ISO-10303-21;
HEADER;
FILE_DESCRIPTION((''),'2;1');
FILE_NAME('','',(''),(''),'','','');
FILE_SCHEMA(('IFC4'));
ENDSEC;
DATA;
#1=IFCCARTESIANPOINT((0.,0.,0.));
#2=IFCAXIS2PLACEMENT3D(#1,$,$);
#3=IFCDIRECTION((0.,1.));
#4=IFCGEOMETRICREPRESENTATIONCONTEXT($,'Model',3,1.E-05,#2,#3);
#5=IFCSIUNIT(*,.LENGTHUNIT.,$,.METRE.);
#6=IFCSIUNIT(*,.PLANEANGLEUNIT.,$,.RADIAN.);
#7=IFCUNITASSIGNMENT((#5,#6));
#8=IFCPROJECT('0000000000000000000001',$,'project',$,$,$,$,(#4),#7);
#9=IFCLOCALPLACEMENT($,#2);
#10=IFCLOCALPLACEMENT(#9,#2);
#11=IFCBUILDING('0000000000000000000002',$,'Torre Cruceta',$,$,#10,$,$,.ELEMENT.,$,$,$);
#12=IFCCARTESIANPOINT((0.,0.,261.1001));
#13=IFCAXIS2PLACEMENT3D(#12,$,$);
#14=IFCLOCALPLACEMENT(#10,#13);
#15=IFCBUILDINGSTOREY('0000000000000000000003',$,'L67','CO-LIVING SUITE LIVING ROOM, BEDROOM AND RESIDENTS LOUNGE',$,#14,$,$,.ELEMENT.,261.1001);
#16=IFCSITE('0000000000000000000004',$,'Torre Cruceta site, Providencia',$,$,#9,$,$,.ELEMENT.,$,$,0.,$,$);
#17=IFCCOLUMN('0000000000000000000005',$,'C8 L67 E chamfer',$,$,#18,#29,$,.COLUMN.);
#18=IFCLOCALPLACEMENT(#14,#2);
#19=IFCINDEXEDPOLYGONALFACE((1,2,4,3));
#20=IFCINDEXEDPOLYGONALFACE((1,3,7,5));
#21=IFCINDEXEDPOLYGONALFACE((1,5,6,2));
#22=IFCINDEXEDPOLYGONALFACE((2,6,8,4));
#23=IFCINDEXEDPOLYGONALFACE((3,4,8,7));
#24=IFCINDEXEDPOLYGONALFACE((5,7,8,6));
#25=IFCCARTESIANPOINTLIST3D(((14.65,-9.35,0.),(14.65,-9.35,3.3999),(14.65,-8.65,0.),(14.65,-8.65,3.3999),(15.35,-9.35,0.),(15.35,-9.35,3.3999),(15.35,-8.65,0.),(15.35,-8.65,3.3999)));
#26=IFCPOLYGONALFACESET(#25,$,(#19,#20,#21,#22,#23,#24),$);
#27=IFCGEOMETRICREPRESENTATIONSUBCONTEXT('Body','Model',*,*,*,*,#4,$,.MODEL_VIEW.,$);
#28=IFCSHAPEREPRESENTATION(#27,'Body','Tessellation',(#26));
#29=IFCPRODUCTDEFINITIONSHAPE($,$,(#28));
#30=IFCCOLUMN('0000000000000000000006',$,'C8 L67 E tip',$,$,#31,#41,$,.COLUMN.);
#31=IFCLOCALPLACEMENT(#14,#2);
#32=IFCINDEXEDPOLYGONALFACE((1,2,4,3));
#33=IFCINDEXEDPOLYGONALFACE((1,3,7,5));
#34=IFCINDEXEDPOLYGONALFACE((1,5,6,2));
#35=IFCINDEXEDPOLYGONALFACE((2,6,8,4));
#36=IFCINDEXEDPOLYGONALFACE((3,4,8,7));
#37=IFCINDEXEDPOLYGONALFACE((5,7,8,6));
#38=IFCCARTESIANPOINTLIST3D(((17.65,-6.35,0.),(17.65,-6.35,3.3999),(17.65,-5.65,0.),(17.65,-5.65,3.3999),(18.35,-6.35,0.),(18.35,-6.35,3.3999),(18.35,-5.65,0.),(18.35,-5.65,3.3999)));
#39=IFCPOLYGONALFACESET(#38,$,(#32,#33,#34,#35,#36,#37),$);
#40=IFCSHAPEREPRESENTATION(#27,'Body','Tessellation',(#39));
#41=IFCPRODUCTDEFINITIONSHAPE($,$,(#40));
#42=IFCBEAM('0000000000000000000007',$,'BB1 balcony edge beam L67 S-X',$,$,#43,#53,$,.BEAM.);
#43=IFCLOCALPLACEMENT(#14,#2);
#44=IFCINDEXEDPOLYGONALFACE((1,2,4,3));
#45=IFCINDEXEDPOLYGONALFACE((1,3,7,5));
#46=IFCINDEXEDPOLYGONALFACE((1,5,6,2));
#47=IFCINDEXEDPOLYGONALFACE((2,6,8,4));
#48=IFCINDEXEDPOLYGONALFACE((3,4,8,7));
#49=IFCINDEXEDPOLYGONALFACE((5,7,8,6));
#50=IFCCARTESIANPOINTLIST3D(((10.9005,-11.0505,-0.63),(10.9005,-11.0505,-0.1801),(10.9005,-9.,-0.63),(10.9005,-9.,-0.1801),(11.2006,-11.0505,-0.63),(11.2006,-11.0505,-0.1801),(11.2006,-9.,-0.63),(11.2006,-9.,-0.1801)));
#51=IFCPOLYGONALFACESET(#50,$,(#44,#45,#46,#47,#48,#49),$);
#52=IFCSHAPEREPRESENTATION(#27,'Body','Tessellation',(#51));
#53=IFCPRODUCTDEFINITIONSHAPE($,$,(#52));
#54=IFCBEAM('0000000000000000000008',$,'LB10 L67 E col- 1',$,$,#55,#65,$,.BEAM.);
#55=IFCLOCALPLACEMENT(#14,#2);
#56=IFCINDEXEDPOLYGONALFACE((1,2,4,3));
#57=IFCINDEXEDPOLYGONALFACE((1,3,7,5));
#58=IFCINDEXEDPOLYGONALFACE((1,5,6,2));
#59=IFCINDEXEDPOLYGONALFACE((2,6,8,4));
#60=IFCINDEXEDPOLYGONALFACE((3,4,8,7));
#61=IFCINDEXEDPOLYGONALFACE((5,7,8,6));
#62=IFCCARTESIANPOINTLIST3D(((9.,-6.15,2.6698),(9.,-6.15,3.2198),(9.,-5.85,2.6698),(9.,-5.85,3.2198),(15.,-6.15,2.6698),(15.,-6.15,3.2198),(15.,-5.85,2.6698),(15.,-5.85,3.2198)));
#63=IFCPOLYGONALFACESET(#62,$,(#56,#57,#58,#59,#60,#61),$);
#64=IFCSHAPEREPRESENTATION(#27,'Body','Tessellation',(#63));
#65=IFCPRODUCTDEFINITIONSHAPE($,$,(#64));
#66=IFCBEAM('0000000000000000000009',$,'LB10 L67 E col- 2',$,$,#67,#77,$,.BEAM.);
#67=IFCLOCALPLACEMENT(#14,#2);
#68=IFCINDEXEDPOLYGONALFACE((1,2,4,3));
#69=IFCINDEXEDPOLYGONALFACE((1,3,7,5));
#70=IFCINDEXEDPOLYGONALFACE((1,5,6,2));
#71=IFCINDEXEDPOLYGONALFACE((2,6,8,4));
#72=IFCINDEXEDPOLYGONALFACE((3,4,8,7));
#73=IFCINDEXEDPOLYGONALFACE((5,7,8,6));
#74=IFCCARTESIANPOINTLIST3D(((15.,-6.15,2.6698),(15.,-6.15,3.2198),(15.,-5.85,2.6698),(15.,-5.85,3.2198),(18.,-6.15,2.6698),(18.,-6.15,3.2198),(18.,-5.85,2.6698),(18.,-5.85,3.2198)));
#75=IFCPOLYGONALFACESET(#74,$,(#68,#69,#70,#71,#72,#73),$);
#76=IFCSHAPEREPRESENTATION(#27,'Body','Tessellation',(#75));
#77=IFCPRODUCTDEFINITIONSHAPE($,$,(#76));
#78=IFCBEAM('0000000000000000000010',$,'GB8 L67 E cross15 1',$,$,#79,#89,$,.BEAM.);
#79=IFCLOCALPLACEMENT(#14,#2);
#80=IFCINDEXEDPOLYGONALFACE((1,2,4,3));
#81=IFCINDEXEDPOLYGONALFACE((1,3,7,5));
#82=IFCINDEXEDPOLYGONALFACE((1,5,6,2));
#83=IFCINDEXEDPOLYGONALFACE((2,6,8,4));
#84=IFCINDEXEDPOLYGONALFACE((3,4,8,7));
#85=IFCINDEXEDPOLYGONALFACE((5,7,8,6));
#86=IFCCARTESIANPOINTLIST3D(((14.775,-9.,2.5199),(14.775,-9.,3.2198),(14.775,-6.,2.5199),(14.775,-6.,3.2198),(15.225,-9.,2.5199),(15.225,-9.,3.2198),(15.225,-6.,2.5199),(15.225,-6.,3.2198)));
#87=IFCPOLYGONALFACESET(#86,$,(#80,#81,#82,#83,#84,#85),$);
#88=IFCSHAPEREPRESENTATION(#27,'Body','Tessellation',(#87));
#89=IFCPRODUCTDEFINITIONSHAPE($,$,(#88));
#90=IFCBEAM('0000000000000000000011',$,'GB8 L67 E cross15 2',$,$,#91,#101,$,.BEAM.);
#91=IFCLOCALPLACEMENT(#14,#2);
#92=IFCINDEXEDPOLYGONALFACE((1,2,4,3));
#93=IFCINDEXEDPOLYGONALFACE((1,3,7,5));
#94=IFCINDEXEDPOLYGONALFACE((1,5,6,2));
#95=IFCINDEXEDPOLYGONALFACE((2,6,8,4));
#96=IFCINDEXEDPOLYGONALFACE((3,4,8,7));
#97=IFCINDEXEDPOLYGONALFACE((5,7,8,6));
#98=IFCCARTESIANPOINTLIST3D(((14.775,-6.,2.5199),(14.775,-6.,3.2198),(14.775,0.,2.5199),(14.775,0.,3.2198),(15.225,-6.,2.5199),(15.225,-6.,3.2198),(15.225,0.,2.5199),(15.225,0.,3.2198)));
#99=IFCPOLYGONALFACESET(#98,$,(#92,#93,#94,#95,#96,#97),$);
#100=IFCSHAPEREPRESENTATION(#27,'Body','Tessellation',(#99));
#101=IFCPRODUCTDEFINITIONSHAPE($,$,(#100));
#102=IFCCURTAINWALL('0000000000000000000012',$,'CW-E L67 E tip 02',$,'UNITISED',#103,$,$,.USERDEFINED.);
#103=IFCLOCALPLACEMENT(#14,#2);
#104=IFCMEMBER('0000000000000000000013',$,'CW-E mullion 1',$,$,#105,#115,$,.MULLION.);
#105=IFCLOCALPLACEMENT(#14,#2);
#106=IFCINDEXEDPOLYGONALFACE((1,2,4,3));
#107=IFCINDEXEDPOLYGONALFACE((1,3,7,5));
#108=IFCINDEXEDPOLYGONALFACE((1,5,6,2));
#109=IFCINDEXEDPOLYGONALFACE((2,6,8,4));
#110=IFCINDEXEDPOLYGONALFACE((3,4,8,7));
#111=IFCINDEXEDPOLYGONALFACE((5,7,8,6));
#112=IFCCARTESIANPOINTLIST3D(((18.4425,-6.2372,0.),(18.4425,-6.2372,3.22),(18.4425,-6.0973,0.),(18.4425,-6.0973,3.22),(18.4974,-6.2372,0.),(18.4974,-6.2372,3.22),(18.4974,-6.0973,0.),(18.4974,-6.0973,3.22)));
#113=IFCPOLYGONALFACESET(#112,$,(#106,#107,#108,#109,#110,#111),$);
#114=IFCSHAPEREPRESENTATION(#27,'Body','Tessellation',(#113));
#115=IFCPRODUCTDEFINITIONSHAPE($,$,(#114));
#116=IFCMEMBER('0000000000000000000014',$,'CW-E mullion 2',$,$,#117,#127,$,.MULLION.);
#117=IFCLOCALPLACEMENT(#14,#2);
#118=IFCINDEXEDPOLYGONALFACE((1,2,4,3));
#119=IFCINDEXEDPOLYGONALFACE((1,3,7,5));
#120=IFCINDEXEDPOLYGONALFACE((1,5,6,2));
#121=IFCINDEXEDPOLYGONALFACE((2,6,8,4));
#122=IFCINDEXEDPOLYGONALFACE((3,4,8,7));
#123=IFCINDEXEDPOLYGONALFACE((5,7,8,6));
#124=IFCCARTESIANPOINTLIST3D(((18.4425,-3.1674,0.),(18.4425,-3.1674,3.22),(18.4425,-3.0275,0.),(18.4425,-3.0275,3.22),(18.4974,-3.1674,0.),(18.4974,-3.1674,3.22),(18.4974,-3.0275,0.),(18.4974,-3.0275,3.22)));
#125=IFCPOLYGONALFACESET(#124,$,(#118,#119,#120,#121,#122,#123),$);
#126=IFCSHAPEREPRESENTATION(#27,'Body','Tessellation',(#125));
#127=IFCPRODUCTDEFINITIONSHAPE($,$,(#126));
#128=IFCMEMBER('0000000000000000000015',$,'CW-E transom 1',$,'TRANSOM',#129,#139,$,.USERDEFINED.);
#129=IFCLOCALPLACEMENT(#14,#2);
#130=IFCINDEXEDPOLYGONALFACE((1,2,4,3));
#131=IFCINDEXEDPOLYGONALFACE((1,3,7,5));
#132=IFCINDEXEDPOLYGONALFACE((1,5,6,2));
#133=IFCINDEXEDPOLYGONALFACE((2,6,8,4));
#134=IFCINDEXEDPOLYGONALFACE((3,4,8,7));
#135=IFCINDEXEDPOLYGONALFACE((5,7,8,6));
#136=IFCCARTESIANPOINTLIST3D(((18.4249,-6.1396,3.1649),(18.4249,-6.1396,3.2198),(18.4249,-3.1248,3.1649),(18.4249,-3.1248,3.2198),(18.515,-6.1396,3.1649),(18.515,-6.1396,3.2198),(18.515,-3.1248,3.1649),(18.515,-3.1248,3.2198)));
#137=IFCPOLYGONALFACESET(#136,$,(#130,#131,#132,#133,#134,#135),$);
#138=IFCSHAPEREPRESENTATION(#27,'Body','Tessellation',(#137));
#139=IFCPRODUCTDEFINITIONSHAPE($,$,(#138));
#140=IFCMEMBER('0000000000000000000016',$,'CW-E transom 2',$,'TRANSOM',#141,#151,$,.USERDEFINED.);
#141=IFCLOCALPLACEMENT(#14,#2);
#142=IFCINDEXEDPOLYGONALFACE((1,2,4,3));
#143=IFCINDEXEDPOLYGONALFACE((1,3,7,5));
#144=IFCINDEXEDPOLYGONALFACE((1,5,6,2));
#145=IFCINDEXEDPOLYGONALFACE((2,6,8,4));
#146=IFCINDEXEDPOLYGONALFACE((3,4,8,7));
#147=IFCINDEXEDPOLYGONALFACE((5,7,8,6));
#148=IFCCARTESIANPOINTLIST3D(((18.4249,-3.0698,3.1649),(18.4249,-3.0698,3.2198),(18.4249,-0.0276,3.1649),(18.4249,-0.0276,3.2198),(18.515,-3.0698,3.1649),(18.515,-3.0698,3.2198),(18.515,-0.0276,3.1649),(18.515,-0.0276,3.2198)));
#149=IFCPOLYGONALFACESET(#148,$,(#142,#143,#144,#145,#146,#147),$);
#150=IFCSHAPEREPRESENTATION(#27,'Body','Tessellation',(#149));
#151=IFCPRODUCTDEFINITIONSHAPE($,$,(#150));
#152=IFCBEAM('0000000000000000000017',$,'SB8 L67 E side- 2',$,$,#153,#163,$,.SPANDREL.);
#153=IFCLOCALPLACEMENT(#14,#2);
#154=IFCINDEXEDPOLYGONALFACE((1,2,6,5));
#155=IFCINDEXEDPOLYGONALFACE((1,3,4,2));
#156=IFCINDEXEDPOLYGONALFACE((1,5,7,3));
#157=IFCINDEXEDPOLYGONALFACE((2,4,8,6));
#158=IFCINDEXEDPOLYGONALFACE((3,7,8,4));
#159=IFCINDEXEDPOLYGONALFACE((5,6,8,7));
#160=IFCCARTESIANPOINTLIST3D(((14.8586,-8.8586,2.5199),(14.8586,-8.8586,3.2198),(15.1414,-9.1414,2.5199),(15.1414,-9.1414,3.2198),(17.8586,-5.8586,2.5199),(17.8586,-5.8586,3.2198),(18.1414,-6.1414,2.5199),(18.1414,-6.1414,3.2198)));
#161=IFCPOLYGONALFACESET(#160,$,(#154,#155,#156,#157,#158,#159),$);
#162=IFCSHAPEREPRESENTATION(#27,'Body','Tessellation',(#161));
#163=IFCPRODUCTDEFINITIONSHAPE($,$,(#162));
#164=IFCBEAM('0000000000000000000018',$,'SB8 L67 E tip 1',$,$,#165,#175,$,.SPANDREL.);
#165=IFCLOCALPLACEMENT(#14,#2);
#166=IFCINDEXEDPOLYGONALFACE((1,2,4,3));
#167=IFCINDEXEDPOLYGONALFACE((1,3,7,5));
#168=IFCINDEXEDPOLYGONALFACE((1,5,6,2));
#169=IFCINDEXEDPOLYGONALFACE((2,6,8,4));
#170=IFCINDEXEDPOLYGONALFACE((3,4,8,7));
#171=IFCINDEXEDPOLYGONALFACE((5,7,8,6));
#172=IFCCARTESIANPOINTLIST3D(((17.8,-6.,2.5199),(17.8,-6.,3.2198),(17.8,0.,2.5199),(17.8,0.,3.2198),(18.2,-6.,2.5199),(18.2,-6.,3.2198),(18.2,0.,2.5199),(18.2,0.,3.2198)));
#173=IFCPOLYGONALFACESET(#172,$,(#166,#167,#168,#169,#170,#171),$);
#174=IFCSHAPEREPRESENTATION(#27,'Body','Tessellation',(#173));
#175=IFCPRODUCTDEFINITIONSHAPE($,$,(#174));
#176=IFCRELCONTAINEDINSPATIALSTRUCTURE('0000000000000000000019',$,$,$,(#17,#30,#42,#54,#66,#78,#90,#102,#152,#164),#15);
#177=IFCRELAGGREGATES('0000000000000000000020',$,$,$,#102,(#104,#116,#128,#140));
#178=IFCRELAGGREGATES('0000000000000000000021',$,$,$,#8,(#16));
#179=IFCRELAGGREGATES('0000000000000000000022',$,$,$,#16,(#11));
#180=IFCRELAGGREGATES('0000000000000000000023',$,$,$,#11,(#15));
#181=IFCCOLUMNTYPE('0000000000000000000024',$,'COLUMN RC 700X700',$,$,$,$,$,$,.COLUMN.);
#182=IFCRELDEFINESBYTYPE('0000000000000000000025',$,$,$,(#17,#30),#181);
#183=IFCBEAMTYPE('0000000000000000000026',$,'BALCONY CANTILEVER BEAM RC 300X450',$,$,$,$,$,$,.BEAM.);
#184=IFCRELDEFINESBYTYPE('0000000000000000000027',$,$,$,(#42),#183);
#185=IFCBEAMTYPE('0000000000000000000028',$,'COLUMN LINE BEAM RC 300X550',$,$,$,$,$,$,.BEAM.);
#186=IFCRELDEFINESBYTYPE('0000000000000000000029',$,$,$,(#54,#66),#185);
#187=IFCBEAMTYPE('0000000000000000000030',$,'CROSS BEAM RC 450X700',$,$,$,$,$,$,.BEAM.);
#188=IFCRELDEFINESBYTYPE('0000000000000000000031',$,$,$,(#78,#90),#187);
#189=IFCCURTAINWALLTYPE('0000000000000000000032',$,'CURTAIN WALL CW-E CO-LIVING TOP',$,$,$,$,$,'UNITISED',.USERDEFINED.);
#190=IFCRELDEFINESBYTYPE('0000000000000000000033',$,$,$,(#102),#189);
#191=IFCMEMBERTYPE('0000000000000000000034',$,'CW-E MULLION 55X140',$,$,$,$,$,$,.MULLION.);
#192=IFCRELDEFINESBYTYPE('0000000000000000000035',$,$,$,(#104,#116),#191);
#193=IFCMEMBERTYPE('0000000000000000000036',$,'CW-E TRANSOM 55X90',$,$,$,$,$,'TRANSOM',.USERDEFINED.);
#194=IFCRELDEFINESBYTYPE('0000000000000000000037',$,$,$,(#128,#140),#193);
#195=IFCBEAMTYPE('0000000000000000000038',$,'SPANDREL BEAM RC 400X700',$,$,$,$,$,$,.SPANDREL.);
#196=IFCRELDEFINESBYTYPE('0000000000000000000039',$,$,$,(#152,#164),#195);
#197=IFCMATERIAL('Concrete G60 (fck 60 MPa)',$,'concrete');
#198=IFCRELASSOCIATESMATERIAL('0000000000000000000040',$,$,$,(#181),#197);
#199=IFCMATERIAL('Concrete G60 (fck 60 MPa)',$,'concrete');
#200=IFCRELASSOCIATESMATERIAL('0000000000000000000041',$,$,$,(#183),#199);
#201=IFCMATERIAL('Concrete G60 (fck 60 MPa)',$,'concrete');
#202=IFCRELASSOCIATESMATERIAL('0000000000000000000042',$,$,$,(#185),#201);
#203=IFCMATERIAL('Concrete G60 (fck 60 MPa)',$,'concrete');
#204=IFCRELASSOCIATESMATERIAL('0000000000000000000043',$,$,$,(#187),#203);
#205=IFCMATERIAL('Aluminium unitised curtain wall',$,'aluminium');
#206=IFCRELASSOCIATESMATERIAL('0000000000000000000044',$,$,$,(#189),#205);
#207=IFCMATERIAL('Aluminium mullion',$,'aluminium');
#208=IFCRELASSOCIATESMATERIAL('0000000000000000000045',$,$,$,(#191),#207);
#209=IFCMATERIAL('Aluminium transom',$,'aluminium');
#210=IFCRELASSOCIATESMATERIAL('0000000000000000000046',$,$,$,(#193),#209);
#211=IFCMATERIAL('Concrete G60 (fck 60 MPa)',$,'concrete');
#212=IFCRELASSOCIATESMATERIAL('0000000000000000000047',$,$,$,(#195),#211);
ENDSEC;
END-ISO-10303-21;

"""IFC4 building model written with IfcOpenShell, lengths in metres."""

from ifc_helpers import new_model, si_unit, direction, frame, origin, origin_2d, place, context, subcontext, project, spatial, rectangle, extrude, material, material_profile, profile_set, type_object, element, aggregate, save


model = new_model("IFC4")

# Units and contexts
model_context = context("Model", 3, precision=1e-05, world=origin(), true_north=direction((0.0, 1.0)))
body_context = subcontext(model_context, "Body", "Model", "MODEL_VIEW")
ifc_project = project(units=[si_unit("LENGTHUNIT", "METRE"), si_unit("PLANEANGLEUNIT", "RADIAN")], contexts=[model_context])

# Site, building, storey
site_placement = place(None, origin())
site = spatial("IfcSite", under=ifc_project, at=site_placement, Name="Torre Cruceta site, Providencia", CompositionType="ELEMENT", RefElevation=0.0)
building_placement = place(site_placement, origin())
building = spatial("IfcBuilding", under=site, at=building_placement, Name="Torre Cruceta", CompositionType="ELEMENT")
storey_placement = place(building_placement, frame((0.0, 0.0, 261.1001)))
storey = spatial("IfcBuildingStorey", under=building, at=storey_placement, Name="L67", Description="CO-LIVING SUITE LIVING ROOM, BEDROOM AND RESIDENTS LOUNGE", CompositionType="ELEMENT", Elevation=261.1001)

# Columns
ifc_material_1 = material(Name="Concrete G60 (fck 60 MPa)", Category="concrete")
ifc_material_profile_1 = material_profile(ifc_material_1, rectangle(XDim=0.7, YDim=0.7, at=origin_2d()), Name="RC 700X700")
ifc_profile_set_1 = profile_set([ifc_material_profile_1], Name="Concrete G60 (fck 60 MPa)")
column_type = type_object("IfcColumnType", Name="COLUMN RC 700X700", PredefinedType="COLUMN", material=ifc_profile_set_1)
for number, where, z_axis, x_axis, name in (
    (1, (15.0, -9.0, 0.0), (0.0, 0.0, 1.0), (1.0, 0.0, 0.0), "C8 L67 E chamfer"),
    (2, (18.0, -6.0, 0.0), (0.0, 0.0, 1.0), (1.0, 0.0, 0.0), "C8 L67 E tip"),
):
    element("IfcColumn", number, at=place(storey_placement, frame(where, z_axis=z_axis, x_axis=x_axis)), inside=storey, type_object=column_type, Name=name, PredefinedType="COLUMN", context=body_context, shape_type="SweptSolid", body=[
        extrude(rectangle(XDim=0.7, YDim=0.7, at=origin_2d()), origin(), (0.0, 0.0, 1.0), 3.3999),
    ])

# Beams
ifc_material_2 = material(Name="Concrete G60 (fck 60 MPa)", Category="concrete")
ifc_material_profile_2 = material_profile(ifc_material_2, rectangle(XDim=0.3, YDim=0.45, at=origin_2d()), Name="RC 300X450")
ifc_profile_set_2 = profile_set([ifc_material_profile_2], Name="Concrete G60 (fck 60 MPa)")
beam_type_1 = type_object("IfcBeamType", Name="BALCONY CANTILEVER BEAM RC 300X450", PredefinedType="BEAM", material=ifc_profile_set_2)
beam_1_placement = place(storey_placement, frame((11.0505, -9.0, -0.405), z_axis=(0.0, -1.0, 0.0), x_axis=(1.0, 0.0, 0.0)))
element("IfcBeam", 3, at=beam_1_placement, inside=storey, type_object=beam_type_1, Name="BB1 balcony edge beam L67 S-X", PredefinedType="BEAM", context=body_context, shape_type="SweptSolid", body=[
    extrude(rectangle(XDim=0.3, YDim=0.45, at=origin_2d()), origin(), (0.0, 0.0, 1.0), 2.0505),
])
ifc_material_3 = material(Name="Concrete G60 (fck 60 MPa)", Category="concrete")
ifc_material_profile_3 = material_profile(ifc_material_3, rectangle(XDim=0.3, YDim=0.55, at=origin_2d()), Name="RC 300X550")
ifc_profile_set_3 = profile_set([ifc_material_profile_3], Name="Concrete G60 (fck 60 MPa)")
beam_type_2 = type_object("IfcBeamType", Name="COLUMN LINE BEAM RC 300X550", PredefinedType="BEAM", material=ifc_profile_set_3)
beam_2_placement = place(storey_placement, frame((9.0, -6.0, 2.9448), z_axis=(1.0, 0.0, 0.0), x_axis=(0.0, 1.0, 0.0)))
element("IfcBeam", 4, at=beam_2_placement, inside=storey, type_object=beam_type_2, Name="LB10 L67 E col- 1", PredefinedType="BEAM", context=body_context, shape_type="SweptSolid", body=[
    extrude(rectangle(XDim=0.3, YDim=0.55, at=origin_2d()), origin(), (0.0, 0.0, 1.0), 6.0),
])
beam_3_placement = place(storey_placement, frame((15.0, -6.0, 2.9448), z_axis=(1.0, 0.0, 0.0), x_axis=(0.0, 1.0, 0.0)))
element("IfcBeam", 5, at=beam_3_placement, inside=storey, type_object=beam_type_2, Name="LB10 L67 E col- 2", PredefinedType="BEAM", context=body_context, shape_type="SweptSolid", body=[
    extrude(rectangle(XDim=0.3, YDim=0.55, at=origin_2d()), origin(), (0.0, 0.0, 1.0), 3.0),
])
ifc_material_4 = material(Name="Concrete G60 (fck 60 MPa)", Category="concrete")
ifc_material_profile_4 = material_profile(ifc_material_4, rectangle(XDim=0.45, YDim=0.7, at=origin_2d()), Name="RC 450X700")
ifc_profile_set_4 = profile_set([ifc_material_profile_4], Name="Concrete G60 (fck 60 MPa)")
beam_type_3 = type_object("IfcBeamType", Name="CROSS BEAM RC 450X700", PredefinedType="BEAM", material=ifc_profile_set_4)
beam_4_placement = place(storey_placement, frame((15.0, -9.0, 2.8699), z_axis=(0.0, 1.0, 0.0), x_axis=(-1.0, 0.0, 0.0)))
element("IfcBeam", 6, at=beam_4_placement, inside=storey, type_object=beam_type_3, Name="GB8 L67 E cross15 1", PredefinedType="BEAM", context=body_context, shape_type="SweptSolid", body=[
    extrude(rectangle(XDim=0.45, YDim=0.7, at=origin_2d()), origin(), (0.0, 0.0, 1.0), 3.0),
])
beam_5_placement = place(storey_placement, frame((15.0, -6.0, 2.8699), z_axis=(0.0, 1.0, 0.0), x_axis=(-1.0, 0.0, 0.0)))
element("IfcBeam", 7, at=beam_5_placement, inside=storey, type_object=beam_type_3, Name="GB8 L67 E cross15 2", PredefinedType="BEAM", context=body_context, shape_type="SweptSolid", body=[
    extrude(rectangle(XDim=0.45, YDim=0.7, at=origin_2d()), origin(), (0.0, 0.0, 1.0), 6.0),
])

# Curtain wall, members
ifc_material_5 = material(Name="Aluminium unitised curtain wall", Category="aluminium")
curtain_wall_type = type_object("IfcCurtainWallType", Name="CURTAIN WALL CW-E CO-LIVING TOP", ElementType="UNITISED", PredefinedType="USERDEFINED", material=ifc_material_5)
curtain_wall_placement = place(storey_placement, origin())
curtain_wall = element("IfcCurtainWall", 8, at=curtain_wall_placement, inside=storey, type_object=curtain_wall_type, Name="CW-E L67 E tip 02", ObjectType="UNITISED", PredefinedType="USERDEFINED")
ifc_material_6 = material(Name="Aluminium mullion", Category="aluminium")
ifc_material_profile_5 = material_profile(ifc_material_6, rectangle(XDim=0.0549, YDim=0.1399, at=origin_2d()), Name="AL 55X140")
ifc_profile_set_5 = profile_set([ifc_material_profile_5], Name="Aluminium mullion")
member_type_1 = type_object("IfcMemberType", Name="CW-E MULLION 55X140", PredefinedType="MULLION", material=ifc_profile_set_5)
member_1_placement = place(storey_placement, frame((18.47, -6.1672, 0.0), z_axis=(0.0, 0.0, 1.0), x_axis=(-1.0, 0.0, 0.0)))
member_1 = element("IfcMember", 9, at=member_1_placement, type_object=member_type_1, Name="CW-E mullion 1", PredefinedType="MULLION", context=body_context, shape_type="SweptSolid", body=[
    extrude(rectangle(XDim=0.0549, YDim=0.1399, at=origin_2d()), origin(), (0.0, 0.0, 1.0), 3.22),
])
member_2_placement = place(storey_placement, frame((18.47, -3.0974, 0.0), z_axis=(0.0, 0.0, 1.0), x_axis=(-1.0, 0.0, 0.0)))
member_2 = element("IfcMember", 10, at=member_2_placement, type_object=member_type_1, Name="CW-E mullion 2", PredefinedType="MULLION", context=body_context, shape_type="SweptSolid", body=[
    extrude(rectangle(XDim=0.0549, YDim=0.1399, at=origin_2d()), origin(), (0.0, 0.0, 1.0), 3.22),
])
ifc_material_7 = material(Name="Aluminium transom", Category="aluminium")
ifc_material_profile_6 = material_profile(ifc_material_7, rectangle(XDim=0.0901, YDim=0.0549, at=origin_2d()), Name="AL 90X55")
ifc_profile_set_6 = profile_set([ifc_material_profile_6], Name="Aluminium transom")
member_type_2 = type_object("IfcMemberType", Name="CW-E TRANSOM 55X90", ElementType="TRANSOM", PredefinedType="USERDEFINED", material=ifc_profile_set_6)
member_3_placement = place(storey_placement, frame((18.47, -6.1396, 3.1924), z_axis=(0.0, 1.0, 0.0), x_axis=(-1.0, 0.0, 0.0)))
member_3 = element("IfcMember", 11, at=member_3_placement, type_object=member_type_2, Name="CW-E transom 1", ObjectType="TRANSOM", PredefinedType="USERDEFINED", context=body_context, shape_type="SweptSolid", body=[
    extrude(rectangle(XDim=0.0901, YDim=0.0549, at=origin_2d()), origin(), (0.0, 0.0, 1.0), 3.0149),
])
member_4_placement = place(storey_placement, frame((18.47, -3.0698, 3.1924), z_axis=(0.0, 1.0, 0.0), x_axis=(-1.0, 0.0, 0.0)))
member_4 = element("IfcMember", 12, at=member_4_placement, type_object=member_type_2, Name="CW-E transom 2", ObjectType="TRANSOM", PredefinedType="USERDEFINED", context=body_context, shape_type="SweptSolid", body=[
    extrude(rectangle(XDim=0.0901, YDim=0.0549, at=origin_2d()), origin(), (0.0, 0.0, 1.0), 3.0422),
])

# Beams
ifc_material_8 = material(Name="Concrete G60 (fck 60 MPa)", Category="concrete")
ifc_material_profile_7 = material_profile(ifc_material_8, rectangle(XDim=0.3999, YDim=0.7, at=origin_2d()), Name="RC 400X700")
ifc_profile_set_7 = profile_set([ifc_material_profile_7], Name="Concrete G60 (fck 60 MPa)")
beam_type_4 = type_object("IfcBeamType", Name="SPANDREL BEAM RC 400X700", PredefinedType="SPANDREL", material=ifc_profile_set_7)
beam_6_placement = place(storey_placement, frame((15.0, -9.0, 2.8699), z_axis=(0.707107, 0.707107, 0.0), x_axis=(-0.707107, 0.707107, 0.0)))
element("IfcBeam", 13, at=beam_6_placement, inside=storey, type_object=beam_type_4, Name="SB8 L67 E side- 2", PredefinedType="SPANDREL", context=body_context, shape_type="SweptSolid", body=[
    extrude(rectangle(XDim=0.3999, YDim=0.7, at=origin_2d()), origin(), (0.0, 0.0, 1.0), 4.2427),
])
beam_7_placement = place(storey_placement, frame((18.0, -6.0, 2.8699), z_axis=(0.0, 1.0, 0.0), x_axis=(-1.0, 0.0, 0.0)))
element("IfcBeam", 14, at=beam_7_placement, inside=storey, type_object=beam_type_4, Name="SB8 L67 E tip 1", PredefinedType="SPANDREL", context=body_context, shape_type="SweptSolid", body=[
    extrude(rectangle(XDim=0.3999, YDim=0.7, at=origin_2d()), origin(), (0.0, 0.0, 1.0), 6.0),
])

aggregate(curtain_wall, [member_1, member_2, member_3, member_4])

save(model, "model.ifc")
